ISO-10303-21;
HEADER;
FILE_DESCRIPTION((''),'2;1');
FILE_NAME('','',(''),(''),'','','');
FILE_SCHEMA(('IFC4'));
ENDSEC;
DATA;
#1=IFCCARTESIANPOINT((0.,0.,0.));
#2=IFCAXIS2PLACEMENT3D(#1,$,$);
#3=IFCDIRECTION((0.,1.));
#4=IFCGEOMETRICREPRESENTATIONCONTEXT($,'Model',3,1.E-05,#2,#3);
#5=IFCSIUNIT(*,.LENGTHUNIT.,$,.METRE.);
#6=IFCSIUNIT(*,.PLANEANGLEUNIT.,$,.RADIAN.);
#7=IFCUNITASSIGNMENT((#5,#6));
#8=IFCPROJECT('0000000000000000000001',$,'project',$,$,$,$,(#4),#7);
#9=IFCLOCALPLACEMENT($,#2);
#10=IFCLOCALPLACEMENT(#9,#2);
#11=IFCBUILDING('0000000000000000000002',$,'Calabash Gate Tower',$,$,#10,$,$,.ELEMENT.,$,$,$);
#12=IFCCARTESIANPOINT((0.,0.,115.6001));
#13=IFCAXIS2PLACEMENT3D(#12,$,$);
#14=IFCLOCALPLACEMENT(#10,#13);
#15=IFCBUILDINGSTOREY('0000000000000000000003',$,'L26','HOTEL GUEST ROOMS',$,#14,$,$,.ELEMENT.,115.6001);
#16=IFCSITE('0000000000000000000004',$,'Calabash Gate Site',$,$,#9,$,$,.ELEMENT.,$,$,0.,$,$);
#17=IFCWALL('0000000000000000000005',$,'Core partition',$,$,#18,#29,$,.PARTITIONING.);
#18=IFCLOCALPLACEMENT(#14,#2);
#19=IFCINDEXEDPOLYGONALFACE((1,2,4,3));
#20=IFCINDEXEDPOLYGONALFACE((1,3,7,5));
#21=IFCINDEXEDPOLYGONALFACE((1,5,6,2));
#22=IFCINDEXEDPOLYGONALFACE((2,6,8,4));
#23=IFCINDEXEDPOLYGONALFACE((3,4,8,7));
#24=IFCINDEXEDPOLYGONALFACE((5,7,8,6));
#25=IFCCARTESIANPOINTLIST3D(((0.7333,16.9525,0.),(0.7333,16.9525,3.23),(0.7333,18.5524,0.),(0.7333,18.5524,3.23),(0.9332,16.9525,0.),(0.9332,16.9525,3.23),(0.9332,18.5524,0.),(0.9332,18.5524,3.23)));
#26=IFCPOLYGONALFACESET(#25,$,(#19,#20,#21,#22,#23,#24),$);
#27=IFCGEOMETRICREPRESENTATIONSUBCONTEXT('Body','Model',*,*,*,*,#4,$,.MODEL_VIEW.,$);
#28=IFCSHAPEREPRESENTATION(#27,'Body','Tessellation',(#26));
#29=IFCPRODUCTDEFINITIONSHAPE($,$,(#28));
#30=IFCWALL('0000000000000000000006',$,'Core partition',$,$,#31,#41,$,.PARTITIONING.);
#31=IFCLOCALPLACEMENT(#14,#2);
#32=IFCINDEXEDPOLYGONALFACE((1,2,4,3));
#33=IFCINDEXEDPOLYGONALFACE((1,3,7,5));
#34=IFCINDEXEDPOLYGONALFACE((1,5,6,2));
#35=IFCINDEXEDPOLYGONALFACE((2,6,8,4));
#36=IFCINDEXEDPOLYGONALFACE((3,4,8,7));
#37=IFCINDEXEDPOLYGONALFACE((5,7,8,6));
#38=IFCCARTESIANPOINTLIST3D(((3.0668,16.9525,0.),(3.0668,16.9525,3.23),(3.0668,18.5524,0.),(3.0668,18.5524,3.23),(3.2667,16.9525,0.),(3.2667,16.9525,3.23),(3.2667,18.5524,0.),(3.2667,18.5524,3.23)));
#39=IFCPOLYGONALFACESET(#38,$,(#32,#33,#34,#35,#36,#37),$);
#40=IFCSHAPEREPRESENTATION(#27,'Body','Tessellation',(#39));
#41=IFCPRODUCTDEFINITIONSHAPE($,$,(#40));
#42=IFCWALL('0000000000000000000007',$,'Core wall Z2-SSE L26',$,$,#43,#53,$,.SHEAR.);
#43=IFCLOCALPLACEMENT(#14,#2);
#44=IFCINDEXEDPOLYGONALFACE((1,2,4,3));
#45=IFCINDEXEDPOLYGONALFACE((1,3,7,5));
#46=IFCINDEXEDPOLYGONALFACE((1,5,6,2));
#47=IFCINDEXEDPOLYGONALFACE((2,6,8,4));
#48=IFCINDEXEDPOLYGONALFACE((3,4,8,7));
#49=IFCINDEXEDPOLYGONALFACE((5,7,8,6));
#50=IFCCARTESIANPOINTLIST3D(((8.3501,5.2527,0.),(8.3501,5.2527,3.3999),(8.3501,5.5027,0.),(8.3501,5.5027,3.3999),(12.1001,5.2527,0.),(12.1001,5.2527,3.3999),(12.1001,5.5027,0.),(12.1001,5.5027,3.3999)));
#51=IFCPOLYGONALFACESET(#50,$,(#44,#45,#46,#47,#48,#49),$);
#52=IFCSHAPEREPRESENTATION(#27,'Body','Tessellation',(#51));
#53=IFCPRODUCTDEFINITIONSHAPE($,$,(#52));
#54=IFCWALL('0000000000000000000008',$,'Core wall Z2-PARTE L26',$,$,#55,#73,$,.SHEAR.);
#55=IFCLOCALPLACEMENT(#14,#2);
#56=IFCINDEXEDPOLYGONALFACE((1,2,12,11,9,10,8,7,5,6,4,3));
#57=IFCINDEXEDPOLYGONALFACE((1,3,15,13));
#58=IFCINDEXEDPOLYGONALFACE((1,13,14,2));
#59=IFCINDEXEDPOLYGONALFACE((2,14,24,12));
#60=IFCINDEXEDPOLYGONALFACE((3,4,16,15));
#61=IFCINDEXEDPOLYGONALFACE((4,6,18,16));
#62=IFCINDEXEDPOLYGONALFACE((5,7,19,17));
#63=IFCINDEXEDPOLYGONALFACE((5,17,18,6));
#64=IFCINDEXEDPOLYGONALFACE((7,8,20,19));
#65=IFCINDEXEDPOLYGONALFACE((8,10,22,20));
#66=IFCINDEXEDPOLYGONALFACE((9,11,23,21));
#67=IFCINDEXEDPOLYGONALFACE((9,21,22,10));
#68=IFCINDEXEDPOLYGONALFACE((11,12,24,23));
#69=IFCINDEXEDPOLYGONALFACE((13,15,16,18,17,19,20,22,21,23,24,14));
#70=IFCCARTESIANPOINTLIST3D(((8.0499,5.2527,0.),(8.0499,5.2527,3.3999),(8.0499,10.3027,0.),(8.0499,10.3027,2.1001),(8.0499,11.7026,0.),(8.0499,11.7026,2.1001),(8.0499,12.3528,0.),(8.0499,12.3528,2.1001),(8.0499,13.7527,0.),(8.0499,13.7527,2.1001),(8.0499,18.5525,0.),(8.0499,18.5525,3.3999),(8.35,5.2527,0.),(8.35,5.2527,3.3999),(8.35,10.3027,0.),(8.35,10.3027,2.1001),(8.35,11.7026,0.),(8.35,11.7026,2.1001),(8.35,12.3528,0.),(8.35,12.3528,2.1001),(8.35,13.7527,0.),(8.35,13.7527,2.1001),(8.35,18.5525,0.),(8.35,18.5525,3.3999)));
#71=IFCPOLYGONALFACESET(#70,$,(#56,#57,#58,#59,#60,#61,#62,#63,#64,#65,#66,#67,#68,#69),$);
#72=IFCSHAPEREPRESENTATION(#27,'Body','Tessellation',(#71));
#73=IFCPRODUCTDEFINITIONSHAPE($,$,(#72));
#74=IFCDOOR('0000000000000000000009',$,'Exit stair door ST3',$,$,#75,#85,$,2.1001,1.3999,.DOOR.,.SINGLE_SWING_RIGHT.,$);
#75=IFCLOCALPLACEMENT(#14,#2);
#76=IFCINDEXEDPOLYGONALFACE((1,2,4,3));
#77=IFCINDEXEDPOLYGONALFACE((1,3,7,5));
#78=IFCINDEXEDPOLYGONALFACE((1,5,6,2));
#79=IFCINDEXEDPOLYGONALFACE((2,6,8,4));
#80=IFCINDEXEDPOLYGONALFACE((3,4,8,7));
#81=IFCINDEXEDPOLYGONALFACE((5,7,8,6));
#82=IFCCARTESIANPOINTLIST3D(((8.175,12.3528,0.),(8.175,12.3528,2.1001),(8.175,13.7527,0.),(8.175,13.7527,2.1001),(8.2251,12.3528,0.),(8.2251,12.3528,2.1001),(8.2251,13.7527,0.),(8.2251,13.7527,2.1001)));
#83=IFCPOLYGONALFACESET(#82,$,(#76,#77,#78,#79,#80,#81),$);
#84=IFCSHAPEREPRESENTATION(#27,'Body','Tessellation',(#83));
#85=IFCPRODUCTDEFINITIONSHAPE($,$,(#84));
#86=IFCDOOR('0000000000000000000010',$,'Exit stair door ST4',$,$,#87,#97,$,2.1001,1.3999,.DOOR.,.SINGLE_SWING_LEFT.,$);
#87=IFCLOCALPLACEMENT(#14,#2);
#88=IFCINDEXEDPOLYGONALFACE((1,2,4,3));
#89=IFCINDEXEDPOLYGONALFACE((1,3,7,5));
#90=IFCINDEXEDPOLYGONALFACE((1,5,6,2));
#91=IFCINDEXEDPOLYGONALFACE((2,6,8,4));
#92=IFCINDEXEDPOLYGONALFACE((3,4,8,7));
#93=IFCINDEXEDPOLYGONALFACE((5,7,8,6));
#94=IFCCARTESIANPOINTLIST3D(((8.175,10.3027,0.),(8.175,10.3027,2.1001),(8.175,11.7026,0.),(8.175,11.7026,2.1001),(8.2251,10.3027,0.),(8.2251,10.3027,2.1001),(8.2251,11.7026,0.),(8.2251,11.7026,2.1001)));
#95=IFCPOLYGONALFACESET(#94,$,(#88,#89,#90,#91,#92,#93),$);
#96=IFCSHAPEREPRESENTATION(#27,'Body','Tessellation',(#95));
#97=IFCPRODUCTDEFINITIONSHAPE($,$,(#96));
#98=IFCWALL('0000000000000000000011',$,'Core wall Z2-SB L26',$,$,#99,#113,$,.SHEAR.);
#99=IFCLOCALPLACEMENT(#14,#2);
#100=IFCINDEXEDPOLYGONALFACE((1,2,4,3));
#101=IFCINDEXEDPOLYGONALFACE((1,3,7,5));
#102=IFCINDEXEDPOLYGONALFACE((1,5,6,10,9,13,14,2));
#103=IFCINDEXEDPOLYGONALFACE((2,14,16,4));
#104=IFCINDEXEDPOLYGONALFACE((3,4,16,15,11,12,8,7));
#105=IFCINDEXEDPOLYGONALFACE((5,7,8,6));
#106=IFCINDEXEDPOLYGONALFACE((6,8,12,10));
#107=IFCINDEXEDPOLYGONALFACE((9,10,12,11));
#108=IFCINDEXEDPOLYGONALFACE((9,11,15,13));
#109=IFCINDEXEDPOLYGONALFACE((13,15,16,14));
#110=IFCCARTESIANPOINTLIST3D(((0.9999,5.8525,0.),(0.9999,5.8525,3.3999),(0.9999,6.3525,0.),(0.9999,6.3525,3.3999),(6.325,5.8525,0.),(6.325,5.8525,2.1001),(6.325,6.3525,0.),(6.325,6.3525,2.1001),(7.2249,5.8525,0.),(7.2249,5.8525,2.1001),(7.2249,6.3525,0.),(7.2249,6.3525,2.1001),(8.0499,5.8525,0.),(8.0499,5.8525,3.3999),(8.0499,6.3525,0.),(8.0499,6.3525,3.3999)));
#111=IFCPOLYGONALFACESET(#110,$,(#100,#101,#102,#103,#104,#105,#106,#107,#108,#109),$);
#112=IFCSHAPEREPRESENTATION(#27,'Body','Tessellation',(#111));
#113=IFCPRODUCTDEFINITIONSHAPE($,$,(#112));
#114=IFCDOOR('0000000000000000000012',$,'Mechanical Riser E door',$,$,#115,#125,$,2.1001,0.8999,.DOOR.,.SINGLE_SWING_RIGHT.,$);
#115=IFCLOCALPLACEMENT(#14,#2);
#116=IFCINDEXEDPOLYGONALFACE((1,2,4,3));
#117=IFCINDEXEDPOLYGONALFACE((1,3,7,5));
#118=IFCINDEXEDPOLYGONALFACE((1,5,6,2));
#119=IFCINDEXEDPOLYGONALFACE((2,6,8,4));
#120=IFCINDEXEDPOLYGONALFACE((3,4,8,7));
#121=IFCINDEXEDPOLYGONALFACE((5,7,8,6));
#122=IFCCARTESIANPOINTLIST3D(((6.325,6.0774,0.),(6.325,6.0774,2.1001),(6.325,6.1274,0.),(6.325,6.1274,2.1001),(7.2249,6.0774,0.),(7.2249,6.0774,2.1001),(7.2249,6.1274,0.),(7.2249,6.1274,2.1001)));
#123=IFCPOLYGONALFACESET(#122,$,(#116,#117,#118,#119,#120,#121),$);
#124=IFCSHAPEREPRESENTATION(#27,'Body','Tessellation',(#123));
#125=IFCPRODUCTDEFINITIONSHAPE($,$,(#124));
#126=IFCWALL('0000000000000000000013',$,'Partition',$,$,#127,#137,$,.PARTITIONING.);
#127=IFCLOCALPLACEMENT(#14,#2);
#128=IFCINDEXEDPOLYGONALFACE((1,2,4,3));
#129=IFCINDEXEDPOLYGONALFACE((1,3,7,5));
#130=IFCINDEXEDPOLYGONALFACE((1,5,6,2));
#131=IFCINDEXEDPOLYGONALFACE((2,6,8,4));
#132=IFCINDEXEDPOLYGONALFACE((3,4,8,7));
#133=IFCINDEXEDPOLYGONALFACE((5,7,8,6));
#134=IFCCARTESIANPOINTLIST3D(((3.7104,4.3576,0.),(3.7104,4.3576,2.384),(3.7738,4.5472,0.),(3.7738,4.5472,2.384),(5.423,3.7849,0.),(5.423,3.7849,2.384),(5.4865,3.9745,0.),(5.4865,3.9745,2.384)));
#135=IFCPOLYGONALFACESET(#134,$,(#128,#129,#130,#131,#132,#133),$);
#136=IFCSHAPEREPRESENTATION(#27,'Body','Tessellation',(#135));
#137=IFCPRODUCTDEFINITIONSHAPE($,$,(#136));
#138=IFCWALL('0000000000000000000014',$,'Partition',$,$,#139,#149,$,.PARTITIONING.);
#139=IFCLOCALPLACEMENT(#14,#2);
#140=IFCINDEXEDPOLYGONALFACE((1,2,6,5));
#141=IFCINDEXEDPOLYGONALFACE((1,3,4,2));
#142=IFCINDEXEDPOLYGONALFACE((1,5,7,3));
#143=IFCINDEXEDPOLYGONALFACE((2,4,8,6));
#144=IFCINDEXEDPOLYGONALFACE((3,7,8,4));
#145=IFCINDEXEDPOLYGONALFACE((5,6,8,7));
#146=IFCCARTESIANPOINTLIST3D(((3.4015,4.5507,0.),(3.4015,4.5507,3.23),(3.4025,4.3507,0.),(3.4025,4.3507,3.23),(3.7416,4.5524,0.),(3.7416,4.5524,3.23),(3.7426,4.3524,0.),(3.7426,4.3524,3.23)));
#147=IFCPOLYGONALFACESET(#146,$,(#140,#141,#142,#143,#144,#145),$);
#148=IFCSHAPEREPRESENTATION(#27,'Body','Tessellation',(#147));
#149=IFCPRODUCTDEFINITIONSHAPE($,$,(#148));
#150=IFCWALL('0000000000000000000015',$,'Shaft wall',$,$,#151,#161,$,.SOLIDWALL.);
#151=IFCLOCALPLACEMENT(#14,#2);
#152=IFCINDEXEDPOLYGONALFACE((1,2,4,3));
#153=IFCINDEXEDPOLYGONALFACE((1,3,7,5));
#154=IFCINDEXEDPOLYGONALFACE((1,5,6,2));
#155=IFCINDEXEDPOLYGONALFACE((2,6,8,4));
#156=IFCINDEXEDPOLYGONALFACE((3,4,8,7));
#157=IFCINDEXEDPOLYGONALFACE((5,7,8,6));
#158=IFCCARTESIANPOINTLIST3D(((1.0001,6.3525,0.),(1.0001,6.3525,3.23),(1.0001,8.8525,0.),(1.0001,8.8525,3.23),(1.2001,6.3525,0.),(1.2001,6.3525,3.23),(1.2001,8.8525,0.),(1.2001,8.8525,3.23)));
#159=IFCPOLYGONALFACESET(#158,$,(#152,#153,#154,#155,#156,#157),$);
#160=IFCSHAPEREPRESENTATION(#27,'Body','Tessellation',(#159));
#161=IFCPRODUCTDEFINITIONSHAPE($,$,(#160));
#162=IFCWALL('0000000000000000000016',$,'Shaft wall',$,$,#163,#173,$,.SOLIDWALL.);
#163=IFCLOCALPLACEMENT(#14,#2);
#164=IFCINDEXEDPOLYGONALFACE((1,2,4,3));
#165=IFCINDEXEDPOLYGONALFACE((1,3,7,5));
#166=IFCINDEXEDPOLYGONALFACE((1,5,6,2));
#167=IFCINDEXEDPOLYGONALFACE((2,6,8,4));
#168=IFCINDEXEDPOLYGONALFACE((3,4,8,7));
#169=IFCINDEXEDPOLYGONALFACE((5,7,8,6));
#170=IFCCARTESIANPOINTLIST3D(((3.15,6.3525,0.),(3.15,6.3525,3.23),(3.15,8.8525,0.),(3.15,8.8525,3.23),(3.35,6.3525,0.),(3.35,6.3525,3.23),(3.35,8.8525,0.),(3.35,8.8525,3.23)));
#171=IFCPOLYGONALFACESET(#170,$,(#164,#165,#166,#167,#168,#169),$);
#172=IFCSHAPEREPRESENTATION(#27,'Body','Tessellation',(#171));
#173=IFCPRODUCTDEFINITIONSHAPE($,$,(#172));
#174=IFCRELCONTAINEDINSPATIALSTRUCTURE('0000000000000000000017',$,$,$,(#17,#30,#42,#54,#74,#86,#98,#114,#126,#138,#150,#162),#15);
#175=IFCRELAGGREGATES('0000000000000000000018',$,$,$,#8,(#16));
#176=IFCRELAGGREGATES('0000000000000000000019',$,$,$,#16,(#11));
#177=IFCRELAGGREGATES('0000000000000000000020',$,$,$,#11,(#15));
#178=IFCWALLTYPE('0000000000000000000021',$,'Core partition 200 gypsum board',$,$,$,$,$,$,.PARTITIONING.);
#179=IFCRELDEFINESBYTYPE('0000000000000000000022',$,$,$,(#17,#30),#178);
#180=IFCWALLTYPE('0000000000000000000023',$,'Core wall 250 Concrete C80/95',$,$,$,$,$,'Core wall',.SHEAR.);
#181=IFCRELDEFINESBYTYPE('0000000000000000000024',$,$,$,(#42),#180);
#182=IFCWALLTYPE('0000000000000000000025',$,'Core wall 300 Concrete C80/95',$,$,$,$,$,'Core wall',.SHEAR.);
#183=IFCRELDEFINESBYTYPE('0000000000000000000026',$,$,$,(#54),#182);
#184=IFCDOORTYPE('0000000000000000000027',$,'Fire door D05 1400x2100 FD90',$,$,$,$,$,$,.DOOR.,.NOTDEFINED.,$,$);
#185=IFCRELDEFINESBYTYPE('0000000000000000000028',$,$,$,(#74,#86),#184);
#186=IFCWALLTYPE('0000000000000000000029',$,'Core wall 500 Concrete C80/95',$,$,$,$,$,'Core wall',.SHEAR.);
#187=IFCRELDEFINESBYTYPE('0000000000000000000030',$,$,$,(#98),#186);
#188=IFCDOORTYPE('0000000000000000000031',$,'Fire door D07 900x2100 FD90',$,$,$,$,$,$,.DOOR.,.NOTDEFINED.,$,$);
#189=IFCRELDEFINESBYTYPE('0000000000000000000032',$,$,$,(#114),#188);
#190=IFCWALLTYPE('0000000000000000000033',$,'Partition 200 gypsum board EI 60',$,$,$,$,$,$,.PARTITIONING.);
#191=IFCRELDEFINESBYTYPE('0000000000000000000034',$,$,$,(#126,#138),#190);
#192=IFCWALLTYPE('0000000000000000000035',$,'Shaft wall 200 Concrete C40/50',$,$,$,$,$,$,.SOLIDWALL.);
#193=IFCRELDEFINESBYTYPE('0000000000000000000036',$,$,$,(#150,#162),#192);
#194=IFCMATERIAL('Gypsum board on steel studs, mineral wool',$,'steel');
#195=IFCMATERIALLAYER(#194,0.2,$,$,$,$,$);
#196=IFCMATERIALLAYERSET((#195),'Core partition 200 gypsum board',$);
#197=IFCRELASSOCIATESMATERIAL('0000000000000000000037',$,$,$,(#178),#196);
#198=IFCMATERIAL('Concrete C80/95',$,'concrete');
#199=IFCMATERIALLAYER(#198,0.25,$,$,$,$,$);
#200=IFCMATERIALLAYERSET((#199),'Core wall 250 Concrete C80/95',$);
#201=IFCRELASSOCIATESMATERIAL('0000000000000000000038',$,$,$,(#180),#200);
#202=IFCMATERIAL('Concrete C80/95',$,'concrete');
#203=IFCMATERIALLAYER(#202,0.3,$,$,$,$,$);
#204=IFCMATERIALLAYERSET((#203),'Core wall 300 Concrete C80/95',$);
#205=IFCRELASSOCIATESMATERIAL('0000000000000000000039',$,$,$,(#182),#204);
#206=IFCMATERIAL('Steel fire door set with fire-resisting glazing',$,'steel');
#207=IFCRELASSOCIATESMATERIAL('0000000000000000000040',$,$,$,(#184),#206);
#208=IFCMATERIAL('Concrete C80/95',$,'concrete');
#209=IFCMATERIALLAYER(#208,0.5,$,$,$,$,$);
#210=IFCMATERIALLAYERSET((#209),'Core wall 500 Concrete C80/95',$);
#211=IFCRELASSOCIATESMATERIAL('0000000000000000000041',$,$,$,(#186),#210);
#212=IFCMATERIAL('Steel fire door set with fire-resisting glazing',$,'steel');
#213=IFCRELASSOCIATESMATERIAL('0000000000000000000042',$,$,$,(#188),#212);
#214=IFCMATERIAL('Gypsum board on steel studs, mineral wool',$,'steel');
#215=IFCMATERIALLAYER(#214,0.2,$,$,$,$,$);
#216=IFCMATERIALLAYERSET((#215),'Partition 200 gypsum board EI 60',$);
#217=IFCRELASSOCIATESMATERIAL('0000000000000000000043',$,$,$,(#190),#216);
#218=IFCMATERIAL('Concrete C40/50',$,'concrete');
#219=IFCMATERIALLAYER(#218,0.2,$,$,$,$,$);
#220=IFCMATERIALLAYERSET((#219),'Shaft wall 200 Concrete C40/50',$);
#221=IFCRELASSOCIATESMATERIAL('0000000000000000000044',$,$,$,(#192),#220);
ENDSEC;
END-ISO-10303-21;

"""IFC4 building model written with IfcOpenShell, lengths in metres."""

from ifc_helpers import new_model, si_unit, direction, frame, frame_2d, origin, place, context, subcontext, project, spatial, rectangle, extrude, material, layer, layer_set, type_object, element, fill, save


model = new_model("IFC4")

# Units and contexts
model_context = context("Model", 3, precision=1e-05, world=origin(), true_north=direction((0.0, 1.0)))
body_context = subcontext(model_context, "Body", "Model", "MODEL_VIEW")
ifc_project = project(units=[si_unit("LENGTHUNIT", "METRE"), si_unit("PLANEANGLEUNIT", "RADIAN")], contexts=[model_context])

# Site, building, storey
site_placement = place(None, origin())
site = spatial("IfcSite", under=ifc_project, at=site_placement, Name="Calabash Gate Site", CompositionType="ELEMENT", RefElevation=0.0)
building_placement = place(site_placement, origin())
building = spatial("IfcBuilding", under=site, at=building_placement, Name="Calabash Gate Tower", CompositionType="ELEMENT")
storey_placement = place(building_placement, frame((0.0, 0.0, 115.6001)))
storey = spatial("IfcBuildingStorey", under=building, at=storey_placement, Name="L26", Description="HOTEL GUEST ROOMS", CompositionType="ELEMENT", Elevation=115.6001)

# Walls
ifc_material_1 = material(Name="Gypsum board on steel studs, mineral wool", Category="steel")
ifc_layer_1 = layer(ifc_material_1, 0.2)
ifc_layer_set_1 = layer_set([ifc_layer_1], Name="Core partition 200 gypsum board")
wall_type_1 = type_object("IfcWallType", Name="Core partition 200 gypsum board", PredefinedType="PARTITIONING", material=ifc_layer_set_1)
for number, where, z_axis, x_axis, name in (
    (1, (0.8333, 16.9526, 0.0), (0.0, 0.0, 1.0), (0.0, 1.0, 0.0), "Core partition"),
    (2, (3.1667, 16.9526, 0.0), (0.0, 0.0, 1.0), (0.0, 1.0, 0.0), "Core partition"),
):
    element("IfcWall", number, at=place(storey_placement, frame(where, z_axis=z_axis, x_axis=x_axis)), inside=storey, type_object=wall_type_1, Name=name, PredefinedType="PARTITIONING", context=body_context, shape_type="SweptSolid", body=[
        extrude(rectangle(XDim=1.5999, YDim=0.2, at=frame_2d((0.7998, 0.0))), origin(), (0.0, 0.0, 1.0), 3.23),
    ])
ifc_material_2 = material(Name="Concrete C80/95", Category="concrete")
ifc_layer_2 = layer(ifc_material_2, 0.25)
ifc_layer_set_2 = layer_set([ifc_layer_2], Name="Core wall 250 Concrete C80/95")
wall_type_2 = type_object("IfcWallType", Name="Core wall 250 Concrete C80/95", ElementType="Core wall", PredefinedType="SHEAR", material=ifc_layer_set_2)
wall_1_placement = place(storey_placement, frame((8.3501, 5.3777, 0.0), z_axis=(0.0, 0.0, 1.0), x_axis=(1.0, 0.0, 0.0)))
element("IfcWall", 3, at=wall_1_placement, inside=storey, type_object=wall_type_2, Name="Core wall Z2-SSE L26", PredefinedType="SHEAR", context=body_context, shape_type="SweptSolid", body=[
    extrude(rectangle(XDim=3.75, YDim=0.25, at=frame_2d((1.875, 0.0))), origin(), (0.0, 0.0, 1.0), 3.3999),
])

# Wall, openings, doors
ifc_material_3 = material(Name="Concrete C80/95", Category="concrete")
ifc_layer_3 = layer(ifc_material_3, 0.3)
ifc_layer_set_3 = layer_set([ifc_layer_3], Name="Core wall 300 Concrete C80/95")
wall_type_3 = type_object("IfcWallType", Name="Core wall 300 Concrete C80/95", ElementType="Core wall", PredefinedType="SHEAR", material=ifc_layer_set_3)
wall_2_placement = place(storey_placement, frame((8.2, 5.2527, 0.0), z_axis=(0.0, 0.0, 1.0), x_axis=(0.0, 1.0, 0.0)))
wall_2 = element("IfcWall", 4, at=wall_2_placement, inside=storey, type_object=wall_type_3, Name="Core wall Z2-PARTE L26", PredefinedType="SHEAR", context=body_context, shape_type="SweptSolid", body=[
    extrude(rectangle(XDim=13.2998, YDim=0.3, at=frame_2d((6.6499, 0.0))), origin(), (0.0, 0.0, 1.0), 3.3999),
])
opening_1_placement = place(wall_2_placement, frame((7.1001, 0.0, 0.0)))
opening_1 = element("IfcOpeningElement", 5, at=opening_1_placement, cuts=wall_2, PredefinedType="OPENING", context=body_context, shape_type="SweptSolid", body=[
    extrude(rectangle(XDim=1.3999, YDim=2.1001, at=frame_2d((0.7, 1.05))), frame((0.0, 0.1599, 0.0), z_axis=(0.0, -1.0, 0.0), x_axis=(1.0, 0.0, 0.0)), (0.0, 0.0, 1.0), 0.3201),
])
opening_2_placement = place(wall_2_placement, frame((5.05, 0.0, 0.0)))
opening_2 = element("IfcOpeningElement", 6, at=opening_2_placement, cuts=wall_2, PredefinedType="OPENING", context=body_context, shape_type="SweptSolid", body=[
    extrude(rectangle(XDim=1.3999, YDim=2.1001, at=frame_2d((0.7, 1.05))), frame((0.0, 0.1599, 0.0), z_axis=(0.0, -1.0, 0.0), x_axis=(1.0, 0.0, 0.0)), (0.0, 0.0, 1.0), 0.3201),
])
ifc_material_4 = material(Name="Steel fire door set with fire-resisting glazing", Category="steel")
door_type_1 = type_object("IfcDoorType", Name="Fire door D05 1400x2100 FD90", OperationType="NOTDEFINED", PredefinedType="DOOR", material=ifc_material_4)
door_1_placement = place(opening_1_placement, origin())
door_1 = element("IfcDoor", 7, at=door_1_placement, inside=storey, type_object=door_type_1, Name="Exit stair door ST3", OperationType="SINGLE_SWING_RIGHT", OverallHeight=2.1001, OverallWidth=1.3999, PredefinedType="DOOR", context=body_context, shape_type="SweptSolid", body=[
    extrude(rectangle(XDim=1.3999, YDim=2.1001, at=frame_2d((0.7, 1.05))), frame((0.0, 0.0249, 0.0), z_axis=(0.0, -1.0, 0.0), x_axis=(1.0, 0.0, 0.0)), (0.0, 0.0, 1.0), 0.05),
])
fill(opening_1, door_1)
door_2_placement = place(opening_2_placement, origin())
door_2 = element("IfcDoor", 8, at=door_2_placement, inside=storey, type_object=door_type_1, Name="Exit stair door ST4", OperationType="SINGLE_SWING_LEFT", OverallHeight=2.1001, OverallWidth=1.3999, PredefinedType="DOOR", context=body_context, shape_type="SweptSolid", body=[
    extrude(rectangle(XDim=1.3999, YDim=2.1001, at=frame_2d((0.7, 1.05))), frame((0.0, 0.0249, 0.0), z_axis=(0.0, -1.0, 0.0), x_axis=(1.0, 0.0, 0.0)), (0.0, 0.0, 1.0), 0.05),
])
fill(opening_2, door_2)

# Wall, opening, door
ifc_material_5 = material(Name="Concrete C80/95", Category="concrete")
ifc_layer_4 = layer(ifc_material_5, 0.5)
ifc_layer_set_4 = layer_set([ifc_layer_4], Name="Core wall 500 Concrete C80/95")
wall_type_4 = type_object("IfcWallType", Name="Core wall 500 Concrete C80/95", ElementType="Core wall", PredefinedType="SHEAR", material=ifc_layer_set_4)
wall_3_placement = place(storey_placement, frame((1.0, 6.1025, 0.0), z_axis=(0.0, 0.0, 1.0), x_axis=(1.0, 0.0, 0.0)))
wall_3 = element("IfcWall", 9, at=wall_3_placement, inside=storey, type_object=wall_type_4, Name="Core wall Z2-SB L26", PredefinedType="SHEAR", context=body_context, shape_type="SweptSolid", body=[
    extrude(rectangle(XDim=7.05, YDim=0.5, at=frame_2d((3.5249, 0.0))), origin(), (0.0, 0.0, 1.0), 3.3999),
])
opening_3_placement = place(wall_3_placement, frame((5.325, 0.0, 0.0)))
opening_3 = element("IfcOpeningElement", 10, at=opening_3_placement, cuts=wall_3, PredefinedType="OPENING", context=body_context, shape_type="SweptSolid", body=[
    extrude(rectangle(XDim=0.8999, YDim=2.1001, at=frame_2d((0.45, 1.05))), frame((0.0, 0.26, 0.0), z_axis=(0.0, -1.0, 0.0), x_axis=(1.0, 0.0, 0.0)), (0.0, 0.0, 1.0), 0.52),
])
ifc_material_6 = material(Name="Steel fire door set with fire-resisting glazing", Category="steel")
door_type_2 = type_object("IfcDoorType", Name="Fire door D07 900x2100 FD90", OperationType="NOTDEFINED", PredefinedType="DOOR", material=ifc_material_6)
door_3_placement = place(opening_3_placement, origin())
door_3 = element("IfcDoor", 11, at=door_3_placement, inside=storey, type_object=door_type_2, Name="Mechanical Riser E door", OperationType="SINGLE_SWING_RIGHT", OverallHeight=2.1001, OverallWidth=0.8999, PredefinedType="DOOR", context=body_context, shape_type="SweptSolid", body=[
    extrude(rectangle(XDim=0.8999, YDim=2.1001, at=frame_2d((0.45, 1.05))), frame((0.0, 0.0249, 0.0), z_axis=(0.0, -1.0, 0.0), x_axis=(1.0, 0.0, 0.0)), (0.0, 0.0, 1.0), 0.05),
])
fill(opening_3, door_3)

# Walls
ifc_material_7 = material(Name="Gypsum board on steel studs, mineral wool", Category="steel")
ifc_layer_5 = layer(ifc_material_7, 0.2)
ifc_layer_set_5 = layer_set([ifc_layer_5], Name="Partition 200 gypsum board EI 60")
wall_type_5 = type_object("IfcWallType", Name="Partition 200 gypsum board EI 60", PredefinedType="PARTITIONING", material=ifc_layer_set_5)
wall_4_placement = place(storey_placement, frame((3.7422, 4.4524, 0.0), z_axis=(0.0, 0.0, 1.0), x_axis=(0.948372, -0.31716, 0.0)))
element("IfcWall", 12, at=wall_4_placement, inside=storey, type_object=wall_type_5, Name="Partition", PredefinedType="PARTITIONING", context=body_context, shape_type="SweptSolid", body=[
    extrude(rectangle(XDim=1.8059, YDim=0.2, at=frame_2d((0.9028, 0.0))), origin(), (0.0, 0.0, 1.0), 2.384),
])
wall_5_placement = place(storey_placement, frame((3.4021, 4.4507, 0.0), z_axis=(0.0, 0.0, 1.0), x_axis=(0.999987, 0.005025, 0.0)))
element("IfcWall", 13, at=wall_5_placement, inside=storey, type_object=wall_type_5, Name="Partition", PredefinedType="PARTITIONING", context=body_context, shape_type="SweptSolid", body=[
    extrude(rectangle(XDim=0.3401, YDim=0.2, at=frame_2d((0.1699, 0.0))), origin(), (0.0, 0.0, 1.0), 3.23),
])
ifc_material_8 = material(Name="Concrete C40/50", Category="concrete")
ifc_layer_6 = layer(ifc_material_8, 0.2)
ifc_layer_set_6 = layer_set([ifc_layer_6], Name="Shaft wall 200 Concrete C40/50")
wall_type_6 = type_object("IfcWallType", Name="Shaft wall 200 Concrete C40/50", PredefinedType="SOLIDWALL", material=ifc_layer_set_6)
for number, where, z_axis, x_axis, name in (
    (14, (1.1001, 6.3525, 0.0), (0.0, 0.0, 1.0), (0.0, 1.0, 0.0), "Shaft wall"),
    (15, (3.25, 6.3525, 0.0), (0.0, 0.0, 1.0), (0.0, 1.0, 0.0), "Shaft wall"),
):
    element("IfcWall", number, at=place(storey_placement, frame(where, z_axis=z_axis, x_axis=x_axis)), inside=storey, type_object=wall_type_6, Name=name, PredefinedType="SOLIDWALL", context=body_context, shape_type="SweptSolid", body=[
        extrude(rectangle(XDim=2.5, YDim=0.2, at=frame_2d((1.25, 0.0))), origin(), (0.0, 0.0, 1.0), 3.23),
    ])

save(model, "model.ifc")
